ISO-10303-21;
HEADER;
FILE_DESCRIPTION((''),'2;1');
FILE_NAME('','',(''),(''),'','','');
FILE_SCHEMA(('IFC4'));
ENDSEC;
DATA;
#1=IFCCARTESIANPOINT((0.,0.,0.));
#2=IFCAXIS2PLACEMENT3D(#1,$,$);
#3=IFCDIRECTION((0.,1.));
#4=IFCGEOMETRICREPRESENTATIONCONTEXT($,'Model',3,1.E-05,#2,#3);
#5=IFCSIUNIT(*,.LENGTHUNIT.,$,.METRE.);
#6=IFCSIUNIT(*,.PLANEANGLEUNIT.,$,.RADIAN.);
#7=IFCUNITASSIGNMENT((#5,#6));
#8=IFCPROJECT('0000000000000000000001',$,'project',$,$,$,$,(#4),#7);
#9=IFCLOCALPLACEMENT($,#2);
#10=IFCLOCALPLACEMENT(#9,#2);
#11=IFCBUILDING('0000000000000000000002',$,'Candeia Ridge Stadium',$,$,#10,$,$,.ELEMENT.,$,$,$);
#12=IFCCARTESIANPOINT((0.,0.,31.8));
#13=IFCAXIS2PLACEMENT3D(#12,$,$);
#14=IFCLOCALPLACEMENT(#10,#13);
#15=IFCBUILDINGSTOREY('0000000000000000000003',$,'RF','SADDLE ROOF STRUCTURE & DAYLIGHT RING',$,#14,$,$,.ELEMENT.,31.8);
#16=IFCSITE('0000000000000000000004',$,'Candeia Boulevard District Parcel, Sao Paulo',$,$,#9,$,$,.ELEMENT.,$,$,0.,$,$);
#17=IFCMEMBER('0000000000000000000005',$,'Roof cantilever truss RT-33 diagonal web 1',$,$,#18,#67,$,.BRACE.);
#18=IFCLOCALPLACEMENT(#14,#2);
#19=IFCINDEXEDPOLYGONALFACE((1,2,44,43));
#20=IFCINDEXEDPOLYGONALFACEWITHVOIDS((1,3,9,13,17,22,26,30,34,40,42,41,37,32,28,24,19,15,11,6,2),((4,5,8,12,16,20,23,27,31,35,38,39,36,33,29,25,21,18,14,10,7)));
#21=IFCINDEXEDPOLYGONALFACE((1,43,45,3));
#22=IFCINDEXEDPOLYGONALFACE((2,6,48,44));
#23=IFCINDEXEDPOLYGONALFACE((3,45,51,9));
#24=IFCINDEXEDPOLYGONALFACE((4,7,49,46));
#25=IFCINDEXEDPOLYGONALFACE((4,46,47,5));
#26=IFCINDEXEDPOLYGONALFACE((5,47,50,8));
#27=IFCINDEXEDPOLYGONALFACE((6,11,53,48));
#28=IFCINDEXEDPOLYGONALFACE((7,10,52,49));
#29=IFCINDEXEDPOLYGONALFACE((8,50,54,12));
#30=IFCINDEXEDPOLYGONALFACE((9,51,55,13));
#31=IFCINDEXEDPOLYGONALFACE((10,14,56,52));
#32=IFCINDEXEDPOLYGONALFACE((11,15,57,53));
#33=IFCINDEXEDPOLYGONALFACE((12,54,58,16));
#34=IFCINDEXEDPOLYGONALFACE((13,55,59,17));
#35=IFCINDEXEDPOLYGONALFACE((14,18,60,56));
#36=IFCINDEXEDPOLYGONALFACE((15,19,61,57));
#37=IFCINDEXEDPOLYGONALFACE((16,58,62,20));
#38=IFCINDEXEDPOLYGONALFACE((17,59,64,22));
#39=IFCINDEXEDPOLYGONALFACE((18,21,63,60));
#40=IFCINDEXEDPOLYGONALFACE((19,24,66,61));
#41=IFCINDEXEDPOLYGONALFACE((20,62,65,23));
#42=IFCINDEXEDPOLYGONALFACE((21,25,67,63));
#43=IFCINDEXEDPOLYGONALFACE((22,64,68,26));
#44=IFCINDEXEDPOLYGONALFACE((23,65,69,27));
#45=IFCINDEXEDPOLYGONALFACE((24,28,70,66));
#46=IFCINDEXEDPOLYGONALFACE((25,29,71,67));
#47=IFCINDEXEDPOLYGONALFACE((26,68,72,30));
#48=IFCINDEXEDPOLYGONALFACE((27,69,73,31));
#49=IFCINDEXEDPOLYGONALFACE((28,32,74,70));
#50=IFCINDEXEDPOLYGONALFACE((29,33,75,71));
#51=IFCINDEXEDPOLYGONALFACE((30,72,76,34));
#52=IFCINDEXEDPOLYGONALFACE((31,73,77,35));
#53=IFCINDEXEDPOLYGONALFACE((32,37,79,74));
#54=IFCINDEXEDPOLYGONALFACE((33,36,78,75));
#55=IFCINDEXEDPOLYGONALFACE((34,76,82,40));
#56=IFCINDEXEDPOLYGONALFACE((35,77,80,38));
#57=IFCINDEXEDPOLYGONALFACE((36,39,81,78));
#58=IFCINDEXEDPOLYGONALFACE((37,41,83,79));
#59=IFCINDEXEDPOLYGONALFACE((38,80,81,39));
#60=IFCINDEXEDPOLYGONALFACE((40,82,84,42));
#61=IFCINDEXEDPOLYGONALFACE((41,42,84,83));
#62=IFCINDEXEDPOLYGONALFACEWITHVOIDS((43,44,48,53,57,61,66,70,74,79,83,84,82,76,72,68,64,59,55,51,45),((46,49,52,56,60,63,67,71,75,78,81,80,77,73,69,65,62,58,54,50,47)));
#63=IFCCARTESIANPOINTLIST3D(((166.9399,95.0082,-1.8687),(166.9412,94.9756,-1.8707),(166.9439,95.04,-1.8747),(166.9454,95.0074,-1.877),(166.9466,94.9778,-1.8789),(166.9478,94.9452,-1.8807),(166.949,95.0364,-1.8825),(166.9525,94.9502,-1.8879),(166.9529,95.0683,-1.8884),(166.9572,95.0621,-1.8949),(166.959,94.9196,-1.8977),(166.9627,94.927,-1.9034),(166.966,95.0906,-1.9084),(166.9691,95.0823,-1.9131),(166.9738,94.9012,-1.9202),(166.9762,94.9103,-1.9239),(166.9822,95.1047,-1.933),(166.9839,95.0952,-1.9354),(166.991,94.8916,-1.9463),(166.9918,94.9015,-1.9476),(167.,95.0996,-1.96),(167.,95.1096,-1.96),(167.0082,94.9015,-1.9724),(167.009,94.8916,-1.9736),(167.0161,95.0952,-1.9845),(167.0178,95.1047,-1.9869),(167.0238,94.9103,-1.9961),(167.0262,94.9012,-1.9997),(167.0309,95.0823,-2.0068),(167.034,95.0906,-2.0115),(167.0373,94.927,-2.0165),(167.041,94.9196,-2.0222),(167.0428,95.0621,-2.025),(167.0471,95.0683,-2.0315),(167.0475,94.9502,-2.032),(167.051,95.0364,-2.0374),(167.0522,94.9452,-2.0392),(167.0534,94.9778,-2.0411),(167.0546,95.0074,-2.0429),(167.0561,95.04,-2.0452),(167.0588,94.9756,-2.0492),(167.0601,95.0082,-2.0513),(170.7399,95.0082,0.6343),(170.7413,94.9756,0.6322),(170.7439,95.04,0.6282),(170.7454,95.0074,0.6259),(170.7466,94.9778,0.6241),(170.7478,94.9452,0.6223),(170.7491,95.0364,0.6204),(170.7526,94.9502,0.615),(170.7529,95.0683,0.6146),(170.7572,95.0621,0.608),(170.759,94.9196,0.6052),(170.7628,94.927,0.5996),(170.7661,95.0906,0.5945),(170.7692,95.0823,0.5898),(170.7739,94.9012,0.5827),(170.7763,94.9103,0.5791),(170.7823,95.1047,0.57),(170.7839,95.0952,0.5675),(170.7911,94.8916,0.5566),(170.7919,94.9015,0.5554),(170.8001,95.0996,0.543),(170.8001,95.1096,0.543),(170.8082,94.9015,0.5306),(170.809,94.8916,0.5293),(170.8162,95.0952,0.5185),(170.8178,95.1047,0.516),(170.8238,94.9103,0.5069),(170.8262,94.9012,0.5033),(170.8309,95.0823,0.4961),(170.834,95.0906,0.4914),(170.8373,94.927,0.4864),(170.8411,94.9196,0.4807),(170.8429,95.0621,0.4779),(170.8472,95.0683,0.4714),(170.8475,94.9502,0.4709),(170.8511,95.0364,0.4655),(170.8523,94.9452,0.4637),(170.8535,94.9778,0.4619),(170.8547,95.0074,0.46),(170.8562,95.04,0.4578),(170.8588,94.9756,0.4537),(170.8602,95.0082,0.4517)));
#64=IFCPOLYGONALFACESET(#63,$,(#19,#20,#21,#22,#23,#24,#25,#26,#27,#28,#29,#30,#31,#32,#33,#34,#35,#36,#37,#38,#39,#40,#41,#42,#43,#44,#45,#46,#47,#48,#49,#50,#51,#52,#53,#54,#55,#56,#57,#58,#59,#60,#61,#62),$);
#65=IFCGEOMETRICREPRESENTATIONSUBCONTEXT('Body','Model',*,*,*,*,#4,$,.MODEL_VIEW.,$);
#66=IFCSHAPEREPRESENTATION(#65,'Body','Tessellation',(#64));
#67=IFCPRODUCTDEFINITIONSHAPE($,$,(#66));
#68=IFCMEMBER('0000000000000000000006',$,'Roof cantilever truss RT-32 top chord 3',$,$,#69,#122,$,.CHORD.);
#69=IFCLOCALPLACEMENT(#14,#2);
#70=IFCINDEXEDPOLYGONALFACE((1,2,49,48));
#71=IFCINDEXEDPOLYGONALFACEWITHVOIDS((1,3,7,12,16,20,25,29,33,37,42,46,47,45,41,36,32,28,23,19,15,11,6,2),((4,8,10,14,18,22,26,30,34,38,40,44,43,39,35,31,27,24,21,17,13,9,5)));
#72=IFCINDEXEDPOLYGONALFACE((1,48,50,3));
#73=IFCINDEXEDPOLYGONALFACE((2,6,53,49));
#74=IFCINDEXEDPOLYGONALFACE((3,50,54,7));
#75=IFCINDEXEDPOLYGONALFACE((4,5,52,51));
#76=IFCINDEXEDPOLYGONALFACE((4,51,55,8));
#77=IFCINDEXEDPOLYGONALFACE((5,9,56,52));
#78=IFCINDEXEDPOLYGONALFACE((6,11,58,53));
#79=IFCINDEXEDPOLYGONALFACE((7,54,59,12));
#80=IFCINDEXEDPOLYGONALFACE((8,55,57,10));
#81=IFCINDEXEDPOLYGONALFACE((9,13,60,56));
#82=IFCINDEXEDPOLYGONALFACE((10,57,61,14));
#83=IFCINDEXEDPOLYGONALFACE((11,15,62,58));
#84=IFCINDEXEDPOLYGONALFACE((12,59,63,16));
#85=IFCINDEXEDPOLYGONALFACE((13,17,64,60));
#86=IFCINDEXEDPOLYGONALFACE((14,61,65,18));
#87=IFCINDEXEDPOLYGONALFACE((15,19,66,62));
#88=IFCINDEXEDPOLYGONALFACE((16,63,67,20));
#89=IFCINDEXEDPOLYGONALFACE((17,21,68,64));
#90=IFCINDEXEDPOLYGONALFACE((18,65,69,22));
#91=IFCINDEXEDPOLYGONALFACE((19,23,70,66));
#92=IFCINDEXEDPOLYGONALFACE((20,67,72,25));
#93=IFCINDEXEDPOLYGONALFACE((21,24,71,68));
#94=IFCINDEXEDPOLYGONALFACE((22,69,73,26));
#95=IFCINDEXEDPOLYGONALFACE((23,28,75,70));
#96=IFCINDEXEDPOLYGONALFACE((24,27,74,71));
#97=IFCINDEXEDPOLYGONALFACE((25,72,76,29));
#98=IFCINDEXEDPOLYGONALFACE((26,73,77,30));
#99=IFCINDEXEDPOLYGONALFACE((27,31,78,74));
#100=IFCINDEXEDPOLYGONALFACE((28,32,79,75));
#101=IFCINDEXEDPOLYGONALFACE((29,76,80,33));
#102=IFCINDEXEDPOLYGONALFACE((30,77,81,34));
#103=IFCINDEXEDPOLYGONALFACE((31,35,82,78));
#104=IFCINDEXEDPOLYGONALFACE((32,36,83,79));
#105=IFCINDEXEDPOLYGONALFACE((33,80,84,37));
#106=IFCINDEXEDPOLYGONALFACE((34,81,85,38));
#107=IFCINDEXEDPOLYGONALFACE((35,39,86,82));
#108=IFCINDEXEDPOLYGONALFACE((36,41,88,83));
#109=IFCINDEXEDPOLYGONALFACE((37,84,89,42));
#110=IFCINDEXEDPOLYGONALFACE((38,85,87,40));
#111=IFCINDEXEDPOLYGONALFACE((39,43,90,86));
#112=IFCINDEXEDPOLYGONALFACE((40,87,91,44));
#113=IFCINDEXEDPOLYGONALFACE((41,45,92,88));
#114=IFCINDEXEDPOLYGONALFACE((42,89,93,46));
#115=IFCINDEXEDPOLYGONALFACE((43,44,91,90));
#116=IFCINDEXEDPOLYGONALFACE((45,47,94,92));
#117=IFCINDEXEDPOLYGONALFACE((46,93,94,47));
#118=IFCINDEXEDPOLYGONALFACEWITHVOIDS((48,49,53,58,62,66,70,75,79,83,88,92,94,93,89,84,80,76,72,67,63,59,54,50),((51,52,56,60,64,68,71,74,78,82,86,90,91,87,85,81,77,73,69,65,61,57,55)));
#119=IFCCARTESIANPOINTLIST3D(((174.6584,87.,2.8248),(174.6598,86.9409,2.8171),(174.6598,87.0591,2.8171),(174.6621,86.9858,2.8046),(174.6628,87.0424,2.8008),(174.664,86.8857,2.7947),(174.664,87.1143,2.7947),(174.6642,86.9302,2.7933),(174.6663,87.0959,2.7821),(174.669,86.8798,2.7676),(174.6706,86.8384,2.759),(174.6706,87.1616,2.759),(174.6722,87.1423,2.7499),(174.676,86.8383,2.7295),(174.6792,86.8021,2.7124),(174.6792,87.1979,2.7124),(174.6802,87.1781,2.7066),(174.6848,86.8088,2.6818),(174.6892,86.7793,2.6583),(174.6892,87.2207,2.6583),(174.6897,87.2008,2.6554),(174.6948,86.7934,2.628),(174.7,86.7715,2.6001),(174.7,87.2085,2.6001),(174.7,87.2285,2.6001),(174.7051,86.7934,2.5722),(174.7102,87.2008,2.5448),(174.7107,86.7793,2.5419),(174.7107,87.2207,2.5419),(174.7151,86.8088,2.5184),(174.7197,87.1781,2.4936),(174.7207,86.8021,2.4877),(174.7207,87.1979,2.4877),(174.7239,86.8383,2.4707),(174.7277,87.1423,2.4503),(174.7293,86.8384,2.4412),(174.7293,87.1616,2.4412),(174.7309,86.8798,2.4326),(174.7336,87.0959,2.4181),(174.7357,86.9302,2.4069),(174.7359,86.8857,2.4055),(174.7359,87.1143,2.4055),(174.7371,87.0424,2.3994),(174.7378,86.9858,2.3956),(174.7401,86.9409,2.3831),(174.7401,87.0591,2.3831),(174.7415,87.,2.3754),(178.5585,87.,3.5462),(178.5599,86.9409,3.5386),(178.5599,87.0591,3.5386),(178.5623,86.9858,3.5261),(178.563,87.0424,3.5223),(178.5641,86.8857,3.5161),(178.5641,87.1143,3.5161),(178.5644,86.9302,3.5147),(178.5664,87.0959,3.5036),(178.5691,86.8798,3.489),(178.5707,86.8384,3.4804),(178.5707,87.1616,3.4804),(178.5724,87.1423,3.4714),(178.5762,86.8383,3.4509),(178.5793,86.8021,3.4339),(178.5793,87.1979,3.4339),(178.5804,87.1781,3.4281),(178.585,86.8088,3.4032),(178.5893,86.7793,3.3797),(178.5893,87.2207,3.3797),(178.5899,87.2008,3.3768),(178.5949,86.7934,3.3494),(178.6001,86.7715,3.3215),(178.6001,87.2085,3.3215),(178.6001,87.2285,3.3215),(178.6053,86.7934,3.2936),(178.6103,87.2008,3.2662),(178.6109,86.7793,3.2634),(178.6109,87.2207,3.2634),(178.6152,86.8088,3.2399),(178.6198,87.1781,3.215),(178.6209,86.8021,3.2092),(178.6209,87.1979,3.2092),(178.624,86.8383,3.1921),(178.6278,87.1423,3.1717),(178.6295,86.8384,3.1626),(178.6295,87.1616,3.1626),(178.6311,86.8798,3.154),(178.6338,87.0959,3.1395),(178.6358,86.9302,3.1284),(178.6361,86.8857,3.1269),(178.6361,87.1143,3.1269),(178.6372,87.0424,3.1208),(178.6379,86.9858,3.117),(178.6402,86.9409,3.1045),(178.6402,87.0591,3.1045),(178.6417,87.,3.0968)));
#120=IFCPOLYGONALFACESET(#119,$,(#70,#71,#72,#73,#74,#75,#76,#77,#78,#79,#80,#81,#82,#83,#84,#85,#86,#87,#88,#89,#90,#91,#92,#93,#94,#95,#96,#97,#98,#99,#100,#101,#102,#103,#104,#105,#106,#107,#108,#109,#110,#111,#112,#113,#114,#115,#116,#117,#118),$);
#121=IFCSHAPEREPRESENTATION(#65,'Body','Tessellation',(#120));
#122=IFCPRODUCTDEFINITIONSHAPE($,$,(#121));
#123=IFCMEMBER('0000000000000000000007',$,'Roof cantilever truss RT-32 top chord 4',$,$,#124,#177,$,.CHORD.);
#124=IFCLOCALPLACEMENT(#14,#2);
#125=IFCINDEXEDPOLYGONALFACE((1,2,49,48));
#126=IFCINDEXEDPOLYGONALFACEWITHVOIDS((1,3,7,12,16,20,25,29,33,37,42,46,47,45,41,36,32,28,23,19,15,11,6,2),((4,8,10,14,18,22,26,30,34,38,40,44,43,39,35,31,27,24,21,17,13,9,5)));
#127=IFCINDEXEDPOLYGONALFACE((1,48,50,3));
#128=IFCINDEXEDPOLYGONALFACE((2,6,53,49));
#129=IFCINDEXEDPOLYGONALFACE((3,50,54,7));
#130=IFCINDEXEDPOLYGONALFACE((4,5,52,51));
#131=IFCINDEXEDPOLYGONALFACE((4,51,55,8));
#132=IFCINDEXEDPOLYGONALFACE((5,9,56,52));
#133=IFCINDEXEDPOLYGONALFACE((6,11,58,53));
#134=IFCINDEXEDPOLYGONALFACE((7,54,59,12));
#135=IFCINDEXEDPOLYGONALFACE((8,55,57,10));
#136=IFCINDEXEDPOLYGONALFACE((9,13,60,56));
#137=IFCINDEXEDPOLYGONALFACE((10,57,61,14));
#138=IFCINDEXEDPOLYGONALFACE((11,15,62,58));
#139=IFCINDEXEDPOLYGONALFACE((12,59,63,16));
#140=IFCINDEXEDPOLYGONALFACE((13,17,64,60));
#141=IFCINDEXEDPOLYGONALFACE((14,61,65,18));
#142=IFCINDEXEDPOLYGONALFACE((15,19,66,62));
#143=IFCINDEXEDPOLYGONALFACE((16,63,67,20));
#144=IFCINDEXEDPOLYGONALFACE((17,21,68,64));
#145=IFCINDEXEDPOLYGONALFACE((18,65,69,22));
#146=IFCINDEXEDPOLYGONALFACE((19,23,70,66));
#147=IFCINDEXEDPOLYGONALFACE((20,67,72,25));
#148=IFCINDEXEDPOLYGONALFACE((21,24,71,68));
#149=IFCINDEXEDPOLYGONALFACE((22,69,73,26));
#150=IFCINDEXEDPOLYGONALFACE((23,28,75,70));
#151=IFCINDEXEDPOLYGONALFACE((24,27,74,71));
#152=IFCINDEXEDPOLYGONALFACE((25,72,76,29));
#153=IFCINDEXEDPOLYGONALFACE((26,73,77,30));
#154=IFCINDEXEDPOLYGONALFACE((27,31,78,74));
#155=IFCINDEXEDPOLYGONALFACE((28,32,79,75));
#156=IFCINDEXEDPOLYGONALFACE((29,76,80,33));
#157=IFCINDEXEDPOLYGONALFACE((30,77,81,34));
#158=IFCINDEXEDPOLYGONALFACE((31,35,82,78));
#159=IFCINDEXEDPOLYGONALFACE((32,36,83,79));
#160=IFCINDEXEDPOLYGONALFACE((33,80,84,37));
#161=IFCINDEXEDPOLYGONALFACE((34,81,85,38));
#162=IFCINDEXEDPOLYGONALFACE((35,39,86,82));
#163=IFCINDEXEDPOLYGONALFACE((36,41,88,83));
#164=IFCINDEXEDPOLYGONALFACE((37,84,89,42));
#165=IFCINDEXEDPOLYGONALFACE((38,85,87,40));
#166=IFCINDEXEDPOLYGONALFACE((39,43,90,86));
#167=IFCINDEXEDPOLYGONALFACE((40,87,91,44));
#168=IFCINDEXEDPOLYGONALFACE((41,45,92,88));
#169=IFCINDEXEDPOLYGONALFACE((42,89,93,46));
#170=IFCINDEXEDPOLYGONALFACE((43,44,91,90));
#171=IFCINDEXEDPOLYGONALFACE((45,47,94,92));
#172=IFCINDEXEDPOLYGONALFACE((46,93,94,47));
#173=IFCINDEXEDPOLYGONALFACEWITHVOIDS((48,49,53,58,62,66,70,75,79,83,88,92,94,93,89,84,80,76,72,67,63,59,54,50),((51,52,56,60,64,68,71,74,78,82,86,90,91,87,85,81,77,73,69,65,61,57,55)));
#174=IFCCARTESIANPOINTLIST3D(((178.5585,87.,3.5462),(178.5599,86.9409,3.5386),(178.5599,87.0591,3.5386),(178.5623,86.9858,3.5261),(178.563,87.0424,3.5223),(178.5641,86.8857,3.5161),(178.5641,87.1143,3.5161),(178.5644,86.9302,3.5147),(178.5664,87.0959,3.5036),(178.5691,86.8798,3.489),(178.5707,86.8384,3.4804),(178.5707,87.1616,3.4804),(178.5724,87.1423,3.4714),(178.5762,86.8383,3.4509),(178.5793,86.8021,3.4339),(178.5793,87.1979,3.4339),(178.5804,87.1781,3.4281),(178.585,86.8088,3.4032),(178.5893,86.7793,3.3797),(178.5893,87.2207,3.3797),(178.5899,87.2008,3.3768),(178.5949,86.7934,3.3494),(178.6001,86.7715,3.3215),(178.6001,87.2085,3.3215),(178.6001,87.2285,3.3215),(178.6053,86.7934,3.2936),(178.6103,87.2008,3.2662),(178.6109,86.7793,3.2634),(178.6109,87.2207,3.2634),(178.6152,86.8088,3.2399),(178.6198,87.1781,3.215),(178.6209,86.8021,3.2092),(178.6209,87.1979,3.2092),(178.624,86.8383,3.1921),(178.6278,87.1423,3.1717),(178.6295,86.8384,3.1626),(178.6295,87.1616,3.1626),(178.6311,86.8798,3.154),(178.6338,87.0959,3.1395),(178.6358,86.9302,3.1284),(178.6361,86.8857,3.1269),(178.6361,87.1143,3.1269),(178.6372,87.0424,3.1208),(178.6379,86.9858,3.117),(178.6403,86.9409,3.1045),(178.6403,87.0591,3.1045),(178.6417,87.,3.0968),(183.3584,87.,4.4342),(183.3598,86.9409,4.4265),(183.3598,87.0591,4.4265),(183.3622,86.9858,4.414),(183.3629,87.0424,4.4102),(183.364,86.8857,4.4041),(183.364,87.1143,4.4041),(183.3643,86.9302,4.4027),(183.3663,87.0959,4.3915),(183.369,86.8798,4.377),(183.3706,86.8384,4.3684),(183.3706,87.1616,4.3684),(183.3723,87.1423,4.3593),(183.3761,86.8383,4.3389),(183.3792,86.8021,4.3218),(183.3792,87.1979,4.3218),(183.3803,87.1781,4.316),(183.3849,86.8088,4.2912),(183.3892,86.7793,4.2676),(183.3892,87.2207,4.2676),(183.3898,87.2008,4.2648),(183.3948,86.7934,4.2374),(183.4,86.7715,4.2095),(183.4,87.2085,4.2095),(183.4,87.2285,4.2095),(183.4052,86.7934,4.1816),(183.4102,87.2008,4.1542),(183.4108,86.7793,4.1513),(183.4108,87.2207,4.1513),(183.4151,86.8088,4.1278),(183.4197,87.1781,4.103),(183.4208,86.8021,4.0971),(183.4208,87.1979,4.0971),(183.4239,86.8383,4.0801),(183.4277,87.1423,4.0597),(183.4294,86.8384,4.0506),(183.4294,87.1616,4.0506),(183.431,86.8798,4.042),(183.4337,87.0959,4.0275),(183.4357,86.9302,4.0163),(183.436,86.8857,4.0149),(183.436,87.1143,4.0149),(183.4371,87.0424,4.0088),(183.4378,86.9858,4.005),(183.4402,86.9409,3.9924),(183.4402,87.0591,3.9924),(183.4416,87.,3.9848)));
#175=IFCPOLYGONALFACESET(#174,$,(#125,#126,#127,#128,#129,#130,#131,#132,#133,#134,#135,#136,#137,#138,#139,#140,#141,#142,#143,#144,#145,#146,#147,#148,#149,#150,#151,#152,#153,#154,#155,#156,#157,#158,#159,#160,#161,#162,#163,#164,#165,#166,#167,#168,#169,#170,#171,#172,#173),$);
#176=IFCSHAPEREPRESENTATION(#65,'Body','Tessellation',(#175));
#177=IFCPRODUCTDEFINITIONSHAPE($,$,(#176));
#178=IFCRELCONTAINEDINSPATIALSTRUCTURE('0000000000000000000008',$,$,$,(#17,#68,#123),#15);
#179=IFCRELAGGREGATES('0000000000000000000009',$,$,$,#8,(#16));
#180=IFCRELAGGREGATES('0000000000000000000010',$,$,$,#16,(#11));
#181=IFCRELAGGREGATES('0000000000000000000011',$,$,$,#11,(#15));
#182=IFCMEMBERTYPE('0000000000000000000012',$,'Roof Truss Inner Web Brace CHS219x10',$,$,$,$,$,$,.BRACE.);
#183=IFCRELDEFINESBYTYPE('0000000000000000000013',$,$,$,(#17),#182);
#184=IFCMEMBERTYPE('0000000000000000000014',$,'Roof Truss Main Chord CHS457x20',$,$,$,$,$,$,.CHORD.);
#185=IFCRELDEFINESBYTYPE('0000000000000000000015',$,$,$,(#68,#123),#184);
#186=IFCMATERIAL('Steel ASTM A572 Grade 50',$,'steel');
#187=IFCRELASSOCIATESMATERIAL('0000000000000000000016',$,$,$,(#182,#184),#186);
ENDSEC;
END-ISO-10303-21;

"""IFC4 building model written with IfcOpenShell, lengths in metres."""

from ifc_helpers import new_model, si_unit, direction, frame, origin, origin_2d, place, context, subcontext, project, spatial, hollow_circle, extrude, material, material_profile, profile_set, type_object, element, save


model = new_model("IFC4")

# Units and contexts
model_context = context("Model", 3, precision=1e-05, world=origin(), true_north=direction((0.0, 1.0)))
body_context = subcontext(model_context, "Body", "Model", "MODEL_VIEW")
ifc_project = project(units=[si_unit("LENGTHUNIT", "METRE"), si_unit("PLANEANGLEUNIT", "RADIAN")], contexts=[model_context])

# Site, building, storey
site_placement = place(None, origin())
site = spatial("IfcSite", under=ifc_project, at=site_placement, Name="Candeia Boulevard District Parcel, Sao Paulo", CompositionType="ELEMENT", RefElevation=0.0)
building_placement = place(site_placement, origin())
building = spatial("IfcBuilding", under=site, at=building_placement, Name="Candeia Ridge Stadium", CompositionType="ELEMENT")
storey_placement = place(building_placement, frame((0.0, 0.0, 31.8)))
storey = spatial("IfcBuildingStorey", under=building, at=storey_placement, Name="RF", Description="SADDLE ROOF STRUCTURE & DAYLIGHT RING", CompositionType="ELEMENT", Elevation=31.8)

# Shared definitions
ifc_material_1 = material(Name="Steel ASTM A572 Grade 50", Category="steel")

# Members
ifc_material_profile_1 = material_profile(ifc_material_1, hollow_circle(Radius=0.1096, WallThickness=0.01, at=origin_2d()), Name="CHS219x10", Category="steel")
ifc_profile_set_1 = profile_set([ifc_material_profile_1], Name="Steel ASTM A572 Grade 50")
member_type_1 = type_object("IfcMemberType", Name="Roof Truss Inner Web Brace CHS219x10", PredefinedType="BRACE", material=ifc_profile_set_1)
member_1_placement = place(storey_placement, frame((167.0, 95.0, -1.96), z_axis=(0.835125, 0.0, 0.550061), x_axis=(0.0, 1.0, 0.0)))
element("IfcMember", 1, at=member_1_placement, inside=storey, type_object=member_type_1, Name="Roof cantilever truss RT-33 diagonal web 1", PredefinedType="BRACE", context=body_context, shape_type="SweptSolid", body=[
    extrude(hollow_circle(Radius=0.1096, WallThickness=0.01, at=origin_2d()), origin(), (0.0, 0.0, 1.0), 4.5503),
])
ifc_material_profile_2 = material_profile(ifc_material_1, hollow_circle(Radius=0.2285, WallThickness=0.02, at=origin_2d()), Name="CHS457x20", Category="steel")
ifc_profile_set_2 = profile_set([ifc_material_profile_2], Name="Steel ASTM A572 Grade 50")
member_type_2 = type_object("IfcMemberType", Name="Roof Truss Main Chord CHS457x20", PredefinedType="CHORD", material=ifc_profile_set_2)
member_2_placement = place(storey_placement, frame((174.7, 87.0, 2.6001), z_axis=(0.983319, 0.0, 0.181891), x_axis=(0.0, 1.0, 0.0)))
element("IfcMember", 2, at=member_2_placement, inside=storey, type_object=member_type_2, Name="Roof cantilever truss RT-32 top chord 3", PredefinedType="CHORD", context=body_context, shape_type="SweptSolid", body=[
    extrude(hollow_circle(Radius=0.2285, WallThickness=0.02, at=origin_2d()), origin(), (0.0, 0.0, 1.0), 3.9663),
])
member_3_placement = place(storey_placement, frame((178.6001, 87.0, 3.3215), z_axis=(0.983315, 0.0, 0.181908), x_axis=(0.0, 1.0, 0.0)))
element("IfcMember", 3, at=member_3_placement, inside=storey, type_object=member_type_2, Name="Roof cantilever truss RT-32 top chord 4", PredefinedType="CHORD", context=body_context, shape_type="SweptSolid", body=[
    extrude(hollow_circle(Radius=0.2285, WallThickness=0.02, at=origin_2d()), origin(), (0.0, 0.0, 1.0), 4.8813),
])

save(model, "model.ifc")
